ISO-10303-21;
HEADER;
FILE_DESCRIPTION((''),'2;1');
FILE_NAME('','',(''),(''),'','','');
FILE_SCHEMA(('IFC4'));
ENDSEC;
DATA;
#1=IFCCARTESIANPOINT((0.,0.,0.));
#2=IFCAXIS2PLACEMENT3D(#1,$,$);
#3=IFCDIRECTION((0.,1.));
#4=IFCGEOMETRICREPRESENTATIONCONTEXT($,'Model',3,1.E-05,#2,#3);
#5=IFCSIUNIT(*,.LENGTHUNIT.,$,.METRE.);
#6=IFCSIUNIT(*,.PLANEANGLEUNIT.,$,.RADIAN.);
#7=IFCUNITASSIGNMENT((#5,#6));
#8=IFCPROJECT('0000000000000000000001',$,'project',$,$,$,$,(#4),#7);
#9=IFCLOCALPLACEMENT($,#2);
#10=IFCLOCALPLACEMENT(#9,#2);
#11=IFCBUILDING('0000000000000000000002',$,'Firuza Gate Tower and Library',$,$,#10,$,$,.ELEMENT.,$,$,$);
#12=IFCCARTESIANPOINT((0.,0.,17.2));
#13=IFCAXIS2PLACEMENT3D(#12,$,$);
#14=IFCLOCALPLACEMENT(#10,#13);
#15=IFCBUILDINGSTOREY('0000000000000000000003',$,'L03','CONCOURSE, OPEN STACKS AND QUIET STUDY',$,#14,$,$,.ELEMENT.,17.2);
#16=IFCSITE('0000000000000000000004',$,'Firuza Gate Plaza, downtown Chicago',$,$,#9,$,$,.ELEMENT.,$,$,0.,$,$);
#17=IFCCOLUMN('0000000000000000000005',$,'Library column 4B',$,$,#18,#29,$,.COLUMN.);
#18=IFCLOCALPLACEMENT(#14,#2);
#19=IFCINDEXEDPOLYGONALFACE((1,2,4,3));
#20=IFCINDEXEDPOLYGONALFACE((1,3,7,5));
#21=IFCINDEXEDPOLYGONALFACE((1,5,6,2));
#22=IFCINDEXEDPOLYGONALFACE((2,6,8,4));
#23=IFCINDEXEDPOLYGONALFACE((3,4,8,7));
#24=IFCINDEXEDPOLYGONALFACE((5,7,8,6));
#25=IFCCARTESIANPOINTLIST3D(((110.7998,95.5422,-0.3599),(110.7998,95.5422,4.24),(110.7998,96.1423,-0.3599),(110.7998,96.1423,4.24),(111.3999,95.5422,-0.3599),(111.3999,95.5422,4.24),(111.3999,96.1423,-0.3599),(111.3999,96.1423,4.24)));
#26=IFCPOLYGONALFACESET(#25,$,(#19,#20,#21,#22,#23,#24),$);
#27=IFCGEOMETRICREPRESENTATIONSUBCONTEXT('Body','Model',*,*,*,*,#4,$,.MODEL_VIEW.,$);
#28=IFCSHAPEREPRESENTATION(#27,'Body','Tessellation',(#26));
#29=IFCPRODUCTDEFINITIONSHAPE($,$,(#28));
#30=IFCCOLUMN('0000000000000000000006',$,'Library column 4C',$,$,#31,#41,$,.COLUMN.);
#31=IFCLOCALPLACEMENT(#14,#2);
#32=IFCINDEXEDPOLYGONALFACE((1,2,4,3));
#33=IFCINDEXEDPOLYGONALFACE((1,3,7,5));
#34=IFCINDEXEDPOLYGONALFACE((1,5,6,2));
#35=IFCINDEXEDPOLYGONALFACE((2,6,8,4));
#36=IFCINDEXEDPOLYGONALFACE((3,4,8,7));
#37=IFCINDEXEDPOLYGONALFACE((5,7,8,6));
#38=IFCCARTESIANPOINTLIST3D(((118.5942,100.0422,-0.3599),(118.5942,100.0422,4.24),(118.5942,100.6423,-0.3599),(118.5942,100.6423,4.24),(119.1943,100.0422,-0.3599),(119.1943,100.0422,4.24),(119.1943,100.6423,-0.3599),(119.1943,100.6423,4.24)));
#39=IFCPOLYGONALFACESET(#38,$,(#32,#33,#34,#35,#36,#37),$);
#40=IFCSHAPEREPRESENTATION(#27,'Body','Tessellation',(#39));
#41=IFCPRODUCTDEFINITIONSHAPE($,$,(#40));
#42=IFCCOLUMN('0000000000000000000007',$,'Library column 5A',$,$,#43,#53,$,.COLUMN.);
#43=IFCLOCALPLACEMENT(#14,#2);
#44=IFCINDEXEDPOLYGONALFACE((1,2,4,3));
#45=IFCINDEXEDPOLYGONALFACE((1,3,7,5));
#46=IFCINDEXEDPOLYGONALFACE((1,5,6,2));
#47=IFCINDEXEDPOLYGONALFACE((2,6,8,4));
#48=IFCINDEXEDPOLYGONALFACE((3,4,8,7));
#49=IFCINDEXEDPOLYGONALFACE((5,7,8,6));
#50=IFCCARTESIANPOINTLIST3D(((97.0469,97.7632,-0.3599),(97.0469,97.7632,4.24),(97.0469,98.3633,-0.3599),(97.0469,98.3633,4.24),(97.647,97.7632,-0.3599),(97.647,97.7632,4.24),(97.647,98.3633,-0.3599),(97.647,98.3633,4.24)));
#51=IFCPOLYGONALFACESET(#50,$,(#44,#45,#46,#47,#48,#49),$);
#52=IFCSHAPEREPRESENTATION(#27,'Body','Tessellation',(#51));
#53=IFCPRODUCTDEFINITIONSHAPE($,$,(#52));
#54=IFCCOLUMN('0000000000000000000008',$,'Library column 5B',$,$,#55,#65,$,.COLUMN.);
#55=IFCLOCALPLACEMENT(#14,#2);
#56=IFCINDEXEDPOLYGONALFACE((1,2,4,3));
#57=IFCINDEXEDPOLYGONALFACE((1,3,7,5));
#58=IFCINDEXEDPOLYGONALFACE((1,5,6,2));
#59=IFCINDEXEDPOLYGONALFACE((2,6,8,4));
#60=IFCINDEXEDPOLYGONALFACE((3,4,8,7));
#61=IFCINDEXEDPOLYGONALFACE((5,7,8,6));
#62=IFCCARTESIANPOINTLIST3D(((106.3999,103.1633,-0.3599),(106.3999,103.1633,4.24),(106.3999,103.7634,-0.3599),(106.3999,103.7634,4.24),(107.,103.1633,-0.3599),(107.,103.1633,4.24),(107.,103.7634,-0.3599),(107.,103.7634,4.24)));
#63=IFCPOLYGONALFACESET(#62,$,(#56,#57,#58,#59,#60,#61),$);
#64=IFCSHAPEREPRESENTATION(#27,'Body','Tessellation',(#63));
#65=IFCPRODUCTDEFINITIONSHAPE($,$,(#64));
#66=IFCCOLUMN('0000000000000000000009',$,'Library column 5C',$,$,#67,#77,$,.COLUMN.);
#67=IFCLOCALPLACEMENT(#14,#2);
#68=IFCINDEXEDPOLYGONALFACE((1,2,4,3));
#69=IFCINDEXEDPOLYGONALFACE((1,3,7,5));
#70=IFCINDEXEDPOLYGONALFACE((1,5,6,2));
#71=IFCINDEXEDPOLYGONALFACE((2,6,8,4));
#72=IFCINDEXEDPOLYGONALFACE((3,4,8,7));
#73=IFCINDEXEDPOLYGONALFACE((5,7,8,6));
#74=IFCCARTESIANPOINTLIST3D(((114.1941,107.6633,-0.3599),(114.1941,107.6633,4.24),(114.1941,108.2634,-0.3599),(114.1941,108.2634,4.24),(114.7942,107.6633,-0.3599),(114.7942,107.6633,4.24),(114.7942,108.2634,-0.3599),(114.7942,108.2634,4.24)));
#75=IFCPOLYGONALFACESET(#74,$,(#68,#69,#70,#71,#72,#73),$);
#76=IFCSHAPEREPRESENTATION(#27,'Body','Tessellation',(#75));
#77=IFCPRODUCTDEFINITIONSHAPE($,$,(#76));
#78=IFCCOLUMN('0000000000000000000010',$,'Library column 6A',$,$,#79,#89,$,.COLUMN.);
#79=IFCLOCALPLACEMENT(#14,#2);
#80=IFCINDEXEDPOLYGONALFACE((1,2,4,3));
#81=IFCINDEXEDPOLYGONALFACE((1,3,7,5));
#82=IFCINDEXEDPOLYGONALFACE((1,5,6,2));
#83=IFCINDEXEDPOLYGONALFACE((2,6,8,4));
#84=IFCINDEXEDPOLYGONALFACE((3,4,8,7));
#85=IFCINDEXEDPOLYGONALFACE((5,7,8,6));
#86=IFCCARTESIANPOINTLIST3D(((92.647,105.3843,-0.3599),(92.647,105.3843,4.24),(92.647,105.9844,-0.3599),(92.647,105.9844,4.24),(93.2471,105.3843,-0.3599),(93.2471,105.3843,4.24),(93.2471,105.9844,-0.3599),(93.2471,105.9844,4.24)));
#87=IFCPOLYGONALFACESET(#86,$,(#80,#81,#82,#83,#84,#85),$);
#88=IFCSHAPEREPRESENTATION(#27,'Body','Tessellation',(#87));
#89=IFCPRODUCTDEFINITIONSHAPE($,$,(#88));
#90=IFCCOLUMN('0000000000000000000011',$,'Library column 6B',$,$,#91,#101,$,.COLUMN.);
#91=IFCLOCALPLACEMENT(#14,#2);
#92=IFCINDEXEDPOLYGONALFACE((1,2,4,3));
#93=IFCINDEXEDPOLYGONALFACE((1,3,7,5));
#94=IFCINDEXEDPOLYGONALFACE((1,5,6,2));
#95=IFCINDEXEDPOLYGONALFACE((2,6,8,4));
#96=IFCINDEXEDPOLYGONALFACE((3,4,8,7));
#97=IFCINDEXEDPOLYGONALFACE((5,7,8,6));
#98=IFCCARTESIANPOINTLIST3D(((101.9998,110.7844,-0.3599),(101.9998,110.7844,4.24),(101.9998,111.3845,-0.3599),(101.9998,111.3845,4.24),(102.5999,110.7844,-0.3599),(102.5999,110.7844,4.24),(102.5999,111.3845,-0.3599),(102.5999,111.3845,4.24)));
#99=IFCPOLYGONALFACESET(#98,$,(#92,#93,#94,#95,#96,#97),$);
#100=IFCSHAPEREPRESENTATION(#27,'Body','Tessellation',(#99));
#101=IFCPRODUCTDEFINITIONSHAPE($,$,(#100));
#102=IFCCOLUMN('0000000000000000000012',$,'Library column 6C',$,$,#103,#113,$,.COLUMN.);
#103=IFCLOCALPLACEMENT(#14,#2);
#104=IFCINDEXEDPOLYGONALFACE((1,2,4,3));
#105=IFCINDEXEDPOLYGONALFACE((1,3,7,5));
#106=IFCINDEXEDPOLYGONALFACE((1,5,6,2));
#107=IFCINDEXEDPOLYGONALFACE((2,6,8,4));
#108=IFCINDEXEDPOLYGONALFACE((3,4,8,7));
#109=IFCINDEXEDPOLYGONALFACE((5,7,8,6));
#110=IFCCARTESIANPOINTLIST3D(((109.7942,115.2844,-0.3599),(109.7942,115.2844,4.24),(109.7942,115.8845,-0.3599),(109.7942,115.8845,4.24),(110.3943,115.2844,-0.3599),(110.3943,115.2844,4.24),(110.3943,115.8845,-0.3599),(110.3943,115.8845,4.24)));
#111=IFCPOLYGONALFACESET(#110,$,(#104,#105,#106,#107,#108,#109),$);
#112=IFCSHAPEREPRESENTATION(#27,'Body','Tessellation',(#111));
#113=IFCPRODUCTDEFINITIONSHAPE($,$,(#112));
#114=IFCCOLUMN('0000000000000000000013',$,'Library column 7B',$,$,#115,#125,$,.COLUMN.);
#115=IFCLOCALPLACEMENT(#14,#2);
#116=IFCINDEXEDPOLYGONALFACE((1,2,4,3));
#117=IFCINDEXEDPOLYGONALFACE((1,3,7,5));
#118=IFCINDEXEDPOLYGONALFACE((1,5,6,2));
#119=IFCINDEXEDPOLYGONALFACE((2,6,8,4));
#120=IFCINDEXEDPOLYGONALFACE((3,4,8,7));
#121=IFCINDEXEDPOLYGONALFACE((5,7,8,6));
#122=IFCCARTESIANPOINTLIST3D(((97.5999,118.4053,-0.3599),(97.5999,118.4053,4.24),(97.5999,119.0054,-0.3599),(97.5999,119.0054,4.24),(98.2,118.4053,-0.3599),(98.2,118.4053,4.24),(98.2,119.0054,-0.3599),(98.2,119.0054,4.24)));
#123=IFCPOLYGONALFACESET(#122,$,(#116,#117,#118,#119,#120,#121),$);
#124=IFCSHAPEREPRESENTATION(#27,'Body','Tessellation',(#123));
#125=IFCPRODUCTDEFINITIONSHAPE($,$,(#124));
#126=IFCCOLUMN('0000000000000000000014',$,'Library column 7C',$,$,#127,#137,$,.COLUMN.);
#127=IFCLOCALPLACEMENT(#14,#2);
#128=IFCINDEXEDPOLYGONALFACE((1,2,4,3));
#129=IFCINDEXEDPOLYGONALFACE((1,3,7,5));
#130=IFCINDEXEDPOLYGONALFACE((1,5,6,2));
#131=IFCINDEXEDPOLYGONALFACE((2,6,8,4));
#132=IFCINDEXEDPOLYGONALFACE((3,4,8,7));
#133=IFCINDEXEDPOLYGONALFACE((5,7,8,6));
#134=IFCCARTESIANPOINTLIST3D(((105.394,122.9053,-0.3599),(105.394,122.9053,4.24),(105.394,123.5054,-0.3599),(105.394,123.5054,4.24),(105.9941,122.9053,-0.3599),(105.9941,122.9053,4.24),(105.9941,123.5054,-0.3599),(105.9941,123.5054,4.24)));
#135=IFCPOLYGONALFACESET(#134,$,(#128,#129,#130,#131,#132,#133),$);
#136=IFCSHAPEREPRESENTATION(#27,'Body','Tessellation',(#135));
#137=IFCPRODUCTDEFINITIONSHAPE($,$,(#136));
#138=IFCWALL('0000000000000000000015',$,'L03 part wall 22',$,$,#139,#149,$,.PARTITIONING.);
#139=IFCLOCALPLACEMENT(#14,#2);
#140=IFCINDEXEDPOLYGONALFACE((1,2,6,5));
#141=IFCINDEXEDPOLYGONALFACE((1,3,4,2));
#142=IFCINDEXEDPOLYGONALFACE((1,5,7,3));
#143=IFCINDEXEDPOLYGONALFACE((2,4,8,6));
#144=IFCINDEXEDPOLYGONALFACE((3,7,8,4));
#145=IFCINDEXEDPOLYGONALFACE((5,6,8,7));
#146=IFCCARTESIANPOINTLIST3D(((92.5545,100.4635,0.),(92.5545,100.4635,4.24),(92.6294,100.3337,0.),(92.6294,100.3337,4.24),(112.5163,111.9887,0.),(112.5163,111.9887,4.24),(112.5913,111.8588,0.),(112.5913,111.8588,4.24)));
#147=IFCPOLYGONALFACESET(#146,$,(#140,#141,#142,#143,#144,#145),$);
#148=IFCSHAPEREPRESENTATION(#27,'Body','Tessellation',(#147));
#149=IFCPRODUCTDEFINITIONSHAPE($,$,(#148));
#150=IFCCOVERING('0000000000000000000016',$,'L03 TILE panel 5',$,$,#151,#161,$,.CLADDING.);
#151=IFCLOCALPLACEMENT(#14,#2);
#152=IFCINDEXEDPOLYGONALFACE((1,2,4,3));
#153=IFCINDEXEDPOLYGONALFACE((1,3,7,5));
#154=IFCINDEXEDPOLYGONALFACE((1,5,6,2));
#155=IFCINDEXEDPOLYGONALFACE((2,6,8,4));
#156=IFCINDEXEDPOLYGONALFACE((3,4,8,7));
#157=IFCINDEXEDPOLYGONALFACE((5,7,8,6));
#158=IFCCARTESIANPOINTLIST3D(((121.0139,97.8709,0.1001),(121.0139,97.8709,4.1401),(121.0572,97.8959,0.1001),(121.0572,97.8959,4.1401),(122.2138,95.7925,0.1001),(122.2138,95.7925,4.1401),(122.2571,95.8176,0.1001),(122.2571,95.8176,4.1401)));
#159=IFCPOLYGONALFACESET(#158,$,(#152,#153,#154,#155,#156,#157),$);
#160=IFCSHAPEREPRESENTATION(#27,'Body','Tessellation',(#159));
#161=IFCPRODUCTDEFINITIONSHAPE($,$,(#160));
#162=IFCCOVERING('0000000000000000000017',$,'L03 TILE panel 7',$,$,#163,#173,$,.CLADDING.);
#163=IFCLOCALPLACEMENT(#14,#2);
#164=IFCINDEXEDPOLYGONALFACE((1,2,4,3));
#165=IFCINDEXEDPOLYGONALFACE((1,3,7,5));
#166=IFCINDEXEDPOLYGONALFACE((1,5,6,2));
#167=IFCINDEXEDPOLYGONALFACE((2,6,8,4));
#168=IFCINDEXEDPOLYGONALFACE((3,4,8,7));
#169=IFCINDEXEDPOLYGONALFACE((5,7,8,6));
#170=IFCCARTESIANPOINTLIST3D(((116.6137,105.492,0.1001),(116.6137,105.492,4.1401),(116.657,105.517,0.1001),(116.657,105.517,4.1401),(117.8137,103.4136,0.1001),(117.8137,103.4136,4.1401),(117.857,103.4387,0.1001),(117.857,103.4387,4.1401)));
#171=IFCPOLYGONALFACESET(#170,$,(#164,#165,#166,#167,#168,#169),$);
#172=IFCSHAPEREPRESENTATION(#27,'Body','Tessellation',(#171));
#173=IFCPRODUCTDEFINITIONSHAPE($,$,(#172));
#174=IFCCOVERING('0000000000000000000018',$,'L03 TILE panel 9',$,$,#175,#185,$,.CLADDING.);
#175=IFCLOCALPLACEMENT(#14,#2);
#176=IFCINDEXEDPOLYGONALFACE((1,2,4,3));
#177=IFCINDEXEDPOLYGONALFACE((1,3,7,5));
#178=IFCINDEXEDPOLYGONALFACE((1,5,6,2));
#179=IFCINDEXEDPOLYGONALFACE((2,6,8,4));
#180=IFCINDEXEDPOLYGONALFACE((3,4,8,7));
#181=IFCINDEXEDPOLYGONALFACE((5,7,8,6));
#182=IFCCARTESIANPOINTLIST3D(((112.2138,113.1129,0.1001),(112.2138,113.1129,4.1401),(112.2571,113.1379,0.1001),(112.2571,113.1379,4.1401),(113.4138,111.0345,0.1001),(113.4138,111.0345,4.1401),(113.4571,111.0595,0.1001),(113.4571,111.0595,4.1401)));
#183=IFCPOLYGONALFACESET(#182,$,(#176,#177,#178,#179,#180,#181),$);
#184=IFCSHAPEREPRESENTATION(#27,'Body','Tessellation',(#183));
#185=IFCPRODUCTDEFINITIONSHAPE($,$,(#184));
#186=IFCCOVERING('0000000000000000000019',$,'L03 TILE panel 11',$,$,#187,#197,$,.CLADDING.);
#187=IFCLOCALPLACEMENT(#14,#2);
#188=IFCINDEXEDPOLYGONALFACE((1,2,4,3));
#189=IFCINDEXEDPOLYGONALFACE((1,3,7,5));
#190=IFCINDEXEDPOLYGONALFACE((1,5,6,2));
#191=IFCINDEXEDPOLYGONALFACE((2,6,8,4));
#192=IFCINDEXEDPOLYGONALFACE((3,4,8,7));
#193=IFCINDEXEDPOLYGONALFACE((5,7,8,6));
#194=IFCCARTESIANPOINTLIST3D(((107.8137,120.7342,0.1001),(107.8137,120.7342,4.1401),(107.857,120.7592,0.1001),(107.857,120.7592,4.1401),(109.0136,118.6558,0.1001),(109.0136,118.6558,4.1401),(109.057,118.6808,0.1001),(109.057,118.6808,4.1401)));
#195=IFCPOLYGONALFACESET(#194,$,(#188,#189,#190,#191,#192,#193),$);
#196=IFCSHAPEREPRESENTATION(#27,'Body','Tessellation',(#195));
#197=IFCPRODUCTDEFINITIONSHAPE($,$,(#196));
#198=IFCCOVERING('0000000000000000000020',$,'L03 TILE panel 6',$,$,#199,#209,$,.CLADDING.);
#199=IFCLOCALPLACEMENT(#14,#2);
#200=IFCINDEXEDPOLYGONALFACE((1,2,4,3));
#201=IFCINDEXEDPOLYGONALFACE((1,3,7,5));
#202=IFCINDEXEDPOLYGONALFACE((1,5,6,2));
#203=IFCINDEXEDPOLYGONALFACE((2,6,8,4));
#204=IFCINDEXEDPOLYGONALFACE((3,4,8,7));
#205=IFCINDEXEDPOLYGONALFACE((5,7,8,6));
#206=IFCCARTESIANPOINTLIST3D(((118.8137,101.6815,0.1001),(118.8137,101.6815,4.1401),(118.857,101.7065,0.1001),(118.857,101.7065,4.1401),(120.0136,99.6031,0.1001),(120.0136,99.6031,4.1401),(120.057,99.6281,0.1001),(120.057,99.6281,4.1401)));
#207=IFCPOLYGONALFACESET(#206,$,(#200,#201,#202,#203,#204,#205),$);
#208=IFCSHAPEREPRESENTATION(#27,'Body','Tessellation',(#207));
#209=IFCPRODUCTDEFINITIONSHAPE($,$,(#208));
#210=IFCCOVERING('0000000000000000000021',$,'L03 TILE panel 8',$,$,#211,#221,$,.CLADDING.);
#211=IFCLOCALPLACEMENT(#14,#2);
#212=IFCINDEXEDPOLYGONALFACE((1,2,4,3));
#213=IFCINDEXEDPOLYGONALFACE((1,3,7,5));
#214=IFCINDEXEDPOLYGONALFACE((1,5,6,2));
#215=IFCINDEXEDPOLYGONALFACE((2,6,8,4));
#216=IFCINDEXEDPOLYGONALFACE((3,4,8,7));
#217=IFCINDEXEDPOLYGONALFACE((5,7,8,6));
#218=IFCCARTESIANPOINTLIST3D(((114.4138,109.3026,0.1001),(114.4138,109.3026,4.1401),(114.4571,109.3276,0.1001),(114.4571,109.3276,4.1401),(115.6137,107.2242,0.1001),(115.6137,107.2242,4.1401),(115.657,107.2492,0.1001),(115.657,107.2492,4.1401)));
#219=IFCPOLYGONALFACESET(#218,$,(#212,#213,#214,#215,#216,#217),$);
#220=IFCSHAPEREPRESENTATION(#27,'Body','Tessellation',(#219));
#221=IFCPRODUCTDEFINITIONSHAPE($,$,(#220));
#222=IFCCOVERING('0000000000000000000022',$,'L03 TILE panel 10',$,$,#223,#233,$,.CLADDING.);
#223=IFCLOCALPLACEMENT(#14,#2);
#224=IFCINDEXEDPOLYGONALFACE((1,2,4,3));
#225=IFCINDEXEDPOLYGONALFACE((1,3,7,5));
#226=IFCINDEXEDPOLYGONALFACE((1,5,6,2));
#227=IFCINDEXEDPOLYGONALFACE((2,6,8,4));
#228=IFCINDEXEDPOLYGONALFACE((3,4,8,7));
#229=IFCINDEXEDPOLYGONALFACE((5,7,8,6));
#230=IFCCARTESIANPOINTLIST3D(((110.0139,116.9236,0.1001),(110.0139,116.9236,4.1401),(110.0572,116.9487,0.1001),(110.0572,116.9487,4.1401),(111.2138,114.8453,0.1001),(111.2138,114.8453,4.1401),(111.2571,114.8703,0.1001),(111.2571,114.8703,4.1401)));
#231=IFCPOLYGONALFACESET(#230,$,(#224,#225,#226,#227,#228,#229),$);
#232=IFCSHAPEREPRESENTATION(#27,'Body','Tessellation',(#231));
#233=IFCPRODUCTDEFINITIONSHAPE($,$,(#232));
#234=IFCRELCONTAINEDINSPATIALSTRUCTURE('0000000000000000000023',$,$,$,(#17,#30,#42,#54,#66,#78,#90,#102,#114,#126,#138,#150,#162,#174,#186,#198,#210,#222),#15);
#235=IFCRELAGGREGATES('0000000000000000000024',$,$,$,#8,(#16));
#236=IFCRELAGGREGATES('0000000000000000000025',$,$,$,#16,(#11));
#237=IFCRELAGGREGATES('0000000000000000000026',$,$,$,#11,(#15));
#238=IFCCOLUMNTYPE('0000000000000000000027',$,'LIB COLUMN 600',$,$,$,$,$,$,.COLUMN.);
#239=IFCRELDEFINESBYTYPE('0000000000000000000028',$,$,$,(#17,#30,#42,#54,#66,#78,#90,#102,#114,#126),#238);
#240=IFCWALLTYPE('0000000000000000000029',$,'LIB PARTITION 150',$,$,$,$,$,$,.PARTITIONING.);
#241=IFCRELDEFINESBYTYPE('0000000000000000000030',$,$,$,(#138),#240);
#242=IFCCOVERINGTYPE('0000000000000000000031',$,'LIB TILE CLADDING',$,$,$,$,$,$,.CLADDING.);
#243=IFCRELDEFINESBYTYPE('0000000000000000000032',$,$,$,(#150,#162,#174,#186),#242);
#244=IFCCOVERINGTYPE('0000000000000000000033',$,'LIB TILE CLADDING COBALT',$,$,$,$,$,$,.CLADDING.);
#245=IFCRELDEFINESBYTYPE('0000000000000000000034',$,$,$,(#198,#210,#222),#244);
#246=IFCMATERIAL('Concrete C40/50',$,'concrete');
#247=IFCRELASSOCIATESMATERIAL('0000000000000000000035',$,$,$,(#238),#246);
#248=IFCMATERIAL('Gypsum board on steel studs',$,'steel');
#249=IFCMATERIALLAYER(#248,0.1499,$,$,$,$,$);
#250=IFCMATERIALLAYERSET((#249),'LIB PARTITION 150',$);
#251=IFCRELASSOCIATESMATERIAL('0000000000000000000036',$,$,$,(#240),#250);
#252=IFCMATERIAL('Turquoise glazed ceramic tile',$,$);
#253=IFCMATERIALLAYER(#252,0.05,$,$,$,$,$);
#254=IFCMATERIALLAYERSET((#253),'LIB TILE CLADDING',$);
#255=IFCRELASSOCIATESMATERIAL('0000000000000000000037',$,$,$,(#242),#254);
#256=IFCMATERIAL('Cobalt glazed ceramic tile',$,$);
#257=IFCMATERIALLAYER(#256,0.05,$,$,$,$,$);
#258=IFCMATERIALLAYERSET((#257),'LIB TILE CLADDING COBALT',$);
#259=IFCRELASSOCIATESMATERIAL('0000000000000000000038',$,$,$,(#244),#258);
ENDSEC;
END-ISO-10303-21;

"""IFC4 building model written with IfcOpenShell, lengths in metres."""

from ifc_helpers import new_model, si_unit, direction, frame, frame_2d, origin, origin_2d, place, context, subcontext, project, spatial, rectangle, extrude, material, layer, layer_set, material_profile, profile_set, type_object, element, save


model = new_model("IFC4")

# Units and contexts
model_context = context("Model", 3, precision=1e-05, world=origin(), true_north=direction((0.0, 1.0)))
body_context = subcontext(model_context, "Body", "Model", "MODEL_VIEW")
ifc_project = project(units=[si_unit("LENGTHUNIT", "METRE"), si_unit("PLANEANGLEUNIT", "RADIAN")], contexts=[model_context])

# Site, building, storey
site_placement = place(None, origin())
site = spatial("IfcSite", under=ifc_project, at=site_placement, Name="Firuza Gate Plaza, downtown Chicago", CompositionType="ELEMENT", RefElevation=0.0)
building_placement = place(site_placement, origin())
building = spatial("IfcBuilding", under=site, at=building_placement, Name="Firuza Gate Tower and Library", CompositionType="ELEMENT")
storey_placement = place(building_placement, frame((0.0, 0.0, 17.2)))
storey = spatial("IfcBuildingStorey", under=building, at=storey_placement, Name="L03", Description="CONCOURSE, OPEN STACKS AND QUIET STUDY", CompositionType="ELEMENT", Elevation=17.2)

# Columns
ifc_material_1 = material(Name="Concrete C40/50", Category="concrete")
ifc_material_profile = material_profile(ifc_material_1, rectangle(XDim=0.6001, YDim=0.6001, at=origin_2d()))
ifc_profile_set = profile_set([ifc_material_profile], Name="Concrete C40/50")
column_type = type_object("IfcColumnType", Name="LIB COLUMN 600", PredefinedType="COLUMN", material=ifc_profile_set)
for number, where, z_axis, x_axis, name in (
    (1, (111.0999, 95.8423, -0.3599), (0.0, 0.0, 1.0), (1.0, 0.0, 0.0), "Library column 4B"),
    (2, (118.8943, 100.3423, -0.3599), (0.0, 0.0, 1.0), (1.0, 0.0, 0.0), "Library column 4C"),
    (3, (97.3469, 98.0632, -0.3599), (0.0, 0.0, 1.0), (1.0, 0.0, 0.0), "Library column 5A"),
    (4, (106.7, 103.4634, -0.3599), (0.0, 0.0, 1.0), (1.0, 0.0, 0.0), "Library column 5B"),
    (5, (114.4941, 107.9634, -0.3599), (0.0, 0.0, 1.0), (1.0, 0.0, 0.0), "Library column 5C"),
    (6, (92.947, 105.6843, -0.3599), (0.0, 0.0, 1.0), (1.0, 0.0, 0.0), "Library column 6A"),
    (7, (102.2998, 111.0845, -0.3599), (0.0, 0.0, 1.0), (1.0, 0.0, 0.0), "Library column 6B"),
    (8, (110.0942, 115.5845, -0.3599), (0.0, 0.0, 1.0), (1.0, 0.0, 0.0), "Library column 6C"),
    (9, (97.8999, 118.7053, -0.3599), (0.0, 0.0, 1.0), (1.0, 0.0, 0.0), "Library column 7B"),
    (10, (105.6941, 123.2053, -0.3599), (0.0, 0.0, 1.0), (1.0, 0.0, 0.0), "Library column 7C"),
):
    element("IfcColumn", number, at=place(storey_placement, frame(where, z_axis=z_axis, x_axis=x_axis)), inside=storey, type_object=column_type, Name=name, PredefinedType="COLUMN", context=body_context, shape_type="SweptSolid", body=[
        extrude(rectangle(XDim=0.6001, YDim=0.6001, at=origin_2d()), origin(), (0.0, 0.0, 1.0), 4.5999),
    ])

# Wall
ifc_material_2 = material(Name="Gypsum board on steel studs", Category="steel")
ifc_layer_1 = layer(ifc_material_2, 0.1499)
ifc_layer_set_1 = layer_set([ifc_layer_1], Name="LIB PARTITION 150")
wall_type = type_object("IfcWallType", Name="LIB PARTITION 150", PredefinedType="PARTITIONING", material=ifc_layer_set_1)
wall_placement = place(storey_placement, frame((92.592, 100.3987, 0.0), z_axis=(0.0, 0.0, 1.0), x_axis=(0.866023, 0.500004, 0.0)))
element("IfcWall", 11, at=wall_placement, inside=storey, type_object=wall_type, Name="L03 part wall 22", PredefinedType="PARTITIONING", context=body_context, shape_type="SweptSolid", body=[
    extrude(rectangle(XDim=23.05, YDim=0.1499, at=frame_2d((11.5249, 0.0))), origin(), (0.0, 0.0, 1.0), 4.24),
])

# Coverings
ifc_material_3 = material(Name="Turquoise glazed ceramic tile")
ifc_layer_2 = layer(ifc_material_3, 0.05)
ifc_layer_set_2 = layer_set([ifc_layer_2], Name="LIB TILE CLADDING")
covering_type_1 = type_object("IfcCoveringType", Name="LIB TILE CLADDING", PredefinedType="CLADDING", material=ifc_layer_set_2)
for number, where, z_axis, x_axis, name in (
    (12, (121.6355, 96.8442, 0.1001), (0.0, 0.0, 1.0), (-0.5, 0.866025, 0.0), "L03 TILE panel 5"),
    (13, (117.2354, 104.4653, 0.1001), (0.0, 0.0, 1.0), (-0.5, 0.866025, 0.0), "L03 TILE panel 7"),
    (14, (112.8354, 112.0862, 0.1001), (0.0, 0.0, 1.0), (-0.5, 0.866025, 0.0), "L03 TILE panel 9"),
    (15, (108.4353, 119.7075, 0.1001), (0.0, 0.0, 1.0), (-0.5, 0.866025, 0.0), "L03 TILE panel 11"),
):
    element("IfcCovering", number, at=place(storey_placement, frame(where, z_axis=z_axis, x_axis=x_axis)), inside=storey, type_object=covering_type_1, Name=name, PredefinedType="CLADDING", context=body_context, shape_type="SweptSolid", body=[
        extrude(rectangle(XDim=2.3999, YDim=0.05, at=origin_2d()), origin(), (0.0, 0.0, 1.0), 4.04),
    ])
ifc_material_4 = material(Name="Cobalt glazed ceramic tile")
ifc_layer_3 = layer(ifc_material_4, 0.05)
ifc_layer_set_3 = layer_set([ifc_layer_3], Name="LIB TILE CLADDING COBALT")
covering_type_2 = type_object("IfcCoveringType", Name="LIB TILE CLADDING COBALT", PredefinedType="CLADDING", material=ifc_layer_set_3)
for number, where, z_axis, x_axis, name in (
    (16, (119.4353, 100.6548, 0.1001), (0.0, 0.0, 1.0), (-0.5, 0.866025, 0.0), "L03 TILE panel 6"),
    (17, (115.0354, 108.2759, 0.1001), (0.0, 0.0, 1.0), (-0.5, 0.866025, 0.0), "L03 TILE panel 8"),
    (18, (110.6355, 115.897, 0.1001), (0.0, 0.0, 1.0), (-0.5, 0.866025, 0.0), "L03 TILE panel 10"),
):
    element("IfcCovering", number, at=place(storey_placement, frame(where, z_axis=z_axis, x_axis=x_axis)), inside=storey, type_object=covering_type_2, Name=name, PredefinedType="CLADDING", context=body_context, shape_type="SweptSolid", body=[
        extrude(rectangle(XDim=2.3999, YDim=0.05, at=origin_2d()), origin(), (0.0, 0.0, 1.0), 4.04),
    ])

save(model, "model.ifc")
